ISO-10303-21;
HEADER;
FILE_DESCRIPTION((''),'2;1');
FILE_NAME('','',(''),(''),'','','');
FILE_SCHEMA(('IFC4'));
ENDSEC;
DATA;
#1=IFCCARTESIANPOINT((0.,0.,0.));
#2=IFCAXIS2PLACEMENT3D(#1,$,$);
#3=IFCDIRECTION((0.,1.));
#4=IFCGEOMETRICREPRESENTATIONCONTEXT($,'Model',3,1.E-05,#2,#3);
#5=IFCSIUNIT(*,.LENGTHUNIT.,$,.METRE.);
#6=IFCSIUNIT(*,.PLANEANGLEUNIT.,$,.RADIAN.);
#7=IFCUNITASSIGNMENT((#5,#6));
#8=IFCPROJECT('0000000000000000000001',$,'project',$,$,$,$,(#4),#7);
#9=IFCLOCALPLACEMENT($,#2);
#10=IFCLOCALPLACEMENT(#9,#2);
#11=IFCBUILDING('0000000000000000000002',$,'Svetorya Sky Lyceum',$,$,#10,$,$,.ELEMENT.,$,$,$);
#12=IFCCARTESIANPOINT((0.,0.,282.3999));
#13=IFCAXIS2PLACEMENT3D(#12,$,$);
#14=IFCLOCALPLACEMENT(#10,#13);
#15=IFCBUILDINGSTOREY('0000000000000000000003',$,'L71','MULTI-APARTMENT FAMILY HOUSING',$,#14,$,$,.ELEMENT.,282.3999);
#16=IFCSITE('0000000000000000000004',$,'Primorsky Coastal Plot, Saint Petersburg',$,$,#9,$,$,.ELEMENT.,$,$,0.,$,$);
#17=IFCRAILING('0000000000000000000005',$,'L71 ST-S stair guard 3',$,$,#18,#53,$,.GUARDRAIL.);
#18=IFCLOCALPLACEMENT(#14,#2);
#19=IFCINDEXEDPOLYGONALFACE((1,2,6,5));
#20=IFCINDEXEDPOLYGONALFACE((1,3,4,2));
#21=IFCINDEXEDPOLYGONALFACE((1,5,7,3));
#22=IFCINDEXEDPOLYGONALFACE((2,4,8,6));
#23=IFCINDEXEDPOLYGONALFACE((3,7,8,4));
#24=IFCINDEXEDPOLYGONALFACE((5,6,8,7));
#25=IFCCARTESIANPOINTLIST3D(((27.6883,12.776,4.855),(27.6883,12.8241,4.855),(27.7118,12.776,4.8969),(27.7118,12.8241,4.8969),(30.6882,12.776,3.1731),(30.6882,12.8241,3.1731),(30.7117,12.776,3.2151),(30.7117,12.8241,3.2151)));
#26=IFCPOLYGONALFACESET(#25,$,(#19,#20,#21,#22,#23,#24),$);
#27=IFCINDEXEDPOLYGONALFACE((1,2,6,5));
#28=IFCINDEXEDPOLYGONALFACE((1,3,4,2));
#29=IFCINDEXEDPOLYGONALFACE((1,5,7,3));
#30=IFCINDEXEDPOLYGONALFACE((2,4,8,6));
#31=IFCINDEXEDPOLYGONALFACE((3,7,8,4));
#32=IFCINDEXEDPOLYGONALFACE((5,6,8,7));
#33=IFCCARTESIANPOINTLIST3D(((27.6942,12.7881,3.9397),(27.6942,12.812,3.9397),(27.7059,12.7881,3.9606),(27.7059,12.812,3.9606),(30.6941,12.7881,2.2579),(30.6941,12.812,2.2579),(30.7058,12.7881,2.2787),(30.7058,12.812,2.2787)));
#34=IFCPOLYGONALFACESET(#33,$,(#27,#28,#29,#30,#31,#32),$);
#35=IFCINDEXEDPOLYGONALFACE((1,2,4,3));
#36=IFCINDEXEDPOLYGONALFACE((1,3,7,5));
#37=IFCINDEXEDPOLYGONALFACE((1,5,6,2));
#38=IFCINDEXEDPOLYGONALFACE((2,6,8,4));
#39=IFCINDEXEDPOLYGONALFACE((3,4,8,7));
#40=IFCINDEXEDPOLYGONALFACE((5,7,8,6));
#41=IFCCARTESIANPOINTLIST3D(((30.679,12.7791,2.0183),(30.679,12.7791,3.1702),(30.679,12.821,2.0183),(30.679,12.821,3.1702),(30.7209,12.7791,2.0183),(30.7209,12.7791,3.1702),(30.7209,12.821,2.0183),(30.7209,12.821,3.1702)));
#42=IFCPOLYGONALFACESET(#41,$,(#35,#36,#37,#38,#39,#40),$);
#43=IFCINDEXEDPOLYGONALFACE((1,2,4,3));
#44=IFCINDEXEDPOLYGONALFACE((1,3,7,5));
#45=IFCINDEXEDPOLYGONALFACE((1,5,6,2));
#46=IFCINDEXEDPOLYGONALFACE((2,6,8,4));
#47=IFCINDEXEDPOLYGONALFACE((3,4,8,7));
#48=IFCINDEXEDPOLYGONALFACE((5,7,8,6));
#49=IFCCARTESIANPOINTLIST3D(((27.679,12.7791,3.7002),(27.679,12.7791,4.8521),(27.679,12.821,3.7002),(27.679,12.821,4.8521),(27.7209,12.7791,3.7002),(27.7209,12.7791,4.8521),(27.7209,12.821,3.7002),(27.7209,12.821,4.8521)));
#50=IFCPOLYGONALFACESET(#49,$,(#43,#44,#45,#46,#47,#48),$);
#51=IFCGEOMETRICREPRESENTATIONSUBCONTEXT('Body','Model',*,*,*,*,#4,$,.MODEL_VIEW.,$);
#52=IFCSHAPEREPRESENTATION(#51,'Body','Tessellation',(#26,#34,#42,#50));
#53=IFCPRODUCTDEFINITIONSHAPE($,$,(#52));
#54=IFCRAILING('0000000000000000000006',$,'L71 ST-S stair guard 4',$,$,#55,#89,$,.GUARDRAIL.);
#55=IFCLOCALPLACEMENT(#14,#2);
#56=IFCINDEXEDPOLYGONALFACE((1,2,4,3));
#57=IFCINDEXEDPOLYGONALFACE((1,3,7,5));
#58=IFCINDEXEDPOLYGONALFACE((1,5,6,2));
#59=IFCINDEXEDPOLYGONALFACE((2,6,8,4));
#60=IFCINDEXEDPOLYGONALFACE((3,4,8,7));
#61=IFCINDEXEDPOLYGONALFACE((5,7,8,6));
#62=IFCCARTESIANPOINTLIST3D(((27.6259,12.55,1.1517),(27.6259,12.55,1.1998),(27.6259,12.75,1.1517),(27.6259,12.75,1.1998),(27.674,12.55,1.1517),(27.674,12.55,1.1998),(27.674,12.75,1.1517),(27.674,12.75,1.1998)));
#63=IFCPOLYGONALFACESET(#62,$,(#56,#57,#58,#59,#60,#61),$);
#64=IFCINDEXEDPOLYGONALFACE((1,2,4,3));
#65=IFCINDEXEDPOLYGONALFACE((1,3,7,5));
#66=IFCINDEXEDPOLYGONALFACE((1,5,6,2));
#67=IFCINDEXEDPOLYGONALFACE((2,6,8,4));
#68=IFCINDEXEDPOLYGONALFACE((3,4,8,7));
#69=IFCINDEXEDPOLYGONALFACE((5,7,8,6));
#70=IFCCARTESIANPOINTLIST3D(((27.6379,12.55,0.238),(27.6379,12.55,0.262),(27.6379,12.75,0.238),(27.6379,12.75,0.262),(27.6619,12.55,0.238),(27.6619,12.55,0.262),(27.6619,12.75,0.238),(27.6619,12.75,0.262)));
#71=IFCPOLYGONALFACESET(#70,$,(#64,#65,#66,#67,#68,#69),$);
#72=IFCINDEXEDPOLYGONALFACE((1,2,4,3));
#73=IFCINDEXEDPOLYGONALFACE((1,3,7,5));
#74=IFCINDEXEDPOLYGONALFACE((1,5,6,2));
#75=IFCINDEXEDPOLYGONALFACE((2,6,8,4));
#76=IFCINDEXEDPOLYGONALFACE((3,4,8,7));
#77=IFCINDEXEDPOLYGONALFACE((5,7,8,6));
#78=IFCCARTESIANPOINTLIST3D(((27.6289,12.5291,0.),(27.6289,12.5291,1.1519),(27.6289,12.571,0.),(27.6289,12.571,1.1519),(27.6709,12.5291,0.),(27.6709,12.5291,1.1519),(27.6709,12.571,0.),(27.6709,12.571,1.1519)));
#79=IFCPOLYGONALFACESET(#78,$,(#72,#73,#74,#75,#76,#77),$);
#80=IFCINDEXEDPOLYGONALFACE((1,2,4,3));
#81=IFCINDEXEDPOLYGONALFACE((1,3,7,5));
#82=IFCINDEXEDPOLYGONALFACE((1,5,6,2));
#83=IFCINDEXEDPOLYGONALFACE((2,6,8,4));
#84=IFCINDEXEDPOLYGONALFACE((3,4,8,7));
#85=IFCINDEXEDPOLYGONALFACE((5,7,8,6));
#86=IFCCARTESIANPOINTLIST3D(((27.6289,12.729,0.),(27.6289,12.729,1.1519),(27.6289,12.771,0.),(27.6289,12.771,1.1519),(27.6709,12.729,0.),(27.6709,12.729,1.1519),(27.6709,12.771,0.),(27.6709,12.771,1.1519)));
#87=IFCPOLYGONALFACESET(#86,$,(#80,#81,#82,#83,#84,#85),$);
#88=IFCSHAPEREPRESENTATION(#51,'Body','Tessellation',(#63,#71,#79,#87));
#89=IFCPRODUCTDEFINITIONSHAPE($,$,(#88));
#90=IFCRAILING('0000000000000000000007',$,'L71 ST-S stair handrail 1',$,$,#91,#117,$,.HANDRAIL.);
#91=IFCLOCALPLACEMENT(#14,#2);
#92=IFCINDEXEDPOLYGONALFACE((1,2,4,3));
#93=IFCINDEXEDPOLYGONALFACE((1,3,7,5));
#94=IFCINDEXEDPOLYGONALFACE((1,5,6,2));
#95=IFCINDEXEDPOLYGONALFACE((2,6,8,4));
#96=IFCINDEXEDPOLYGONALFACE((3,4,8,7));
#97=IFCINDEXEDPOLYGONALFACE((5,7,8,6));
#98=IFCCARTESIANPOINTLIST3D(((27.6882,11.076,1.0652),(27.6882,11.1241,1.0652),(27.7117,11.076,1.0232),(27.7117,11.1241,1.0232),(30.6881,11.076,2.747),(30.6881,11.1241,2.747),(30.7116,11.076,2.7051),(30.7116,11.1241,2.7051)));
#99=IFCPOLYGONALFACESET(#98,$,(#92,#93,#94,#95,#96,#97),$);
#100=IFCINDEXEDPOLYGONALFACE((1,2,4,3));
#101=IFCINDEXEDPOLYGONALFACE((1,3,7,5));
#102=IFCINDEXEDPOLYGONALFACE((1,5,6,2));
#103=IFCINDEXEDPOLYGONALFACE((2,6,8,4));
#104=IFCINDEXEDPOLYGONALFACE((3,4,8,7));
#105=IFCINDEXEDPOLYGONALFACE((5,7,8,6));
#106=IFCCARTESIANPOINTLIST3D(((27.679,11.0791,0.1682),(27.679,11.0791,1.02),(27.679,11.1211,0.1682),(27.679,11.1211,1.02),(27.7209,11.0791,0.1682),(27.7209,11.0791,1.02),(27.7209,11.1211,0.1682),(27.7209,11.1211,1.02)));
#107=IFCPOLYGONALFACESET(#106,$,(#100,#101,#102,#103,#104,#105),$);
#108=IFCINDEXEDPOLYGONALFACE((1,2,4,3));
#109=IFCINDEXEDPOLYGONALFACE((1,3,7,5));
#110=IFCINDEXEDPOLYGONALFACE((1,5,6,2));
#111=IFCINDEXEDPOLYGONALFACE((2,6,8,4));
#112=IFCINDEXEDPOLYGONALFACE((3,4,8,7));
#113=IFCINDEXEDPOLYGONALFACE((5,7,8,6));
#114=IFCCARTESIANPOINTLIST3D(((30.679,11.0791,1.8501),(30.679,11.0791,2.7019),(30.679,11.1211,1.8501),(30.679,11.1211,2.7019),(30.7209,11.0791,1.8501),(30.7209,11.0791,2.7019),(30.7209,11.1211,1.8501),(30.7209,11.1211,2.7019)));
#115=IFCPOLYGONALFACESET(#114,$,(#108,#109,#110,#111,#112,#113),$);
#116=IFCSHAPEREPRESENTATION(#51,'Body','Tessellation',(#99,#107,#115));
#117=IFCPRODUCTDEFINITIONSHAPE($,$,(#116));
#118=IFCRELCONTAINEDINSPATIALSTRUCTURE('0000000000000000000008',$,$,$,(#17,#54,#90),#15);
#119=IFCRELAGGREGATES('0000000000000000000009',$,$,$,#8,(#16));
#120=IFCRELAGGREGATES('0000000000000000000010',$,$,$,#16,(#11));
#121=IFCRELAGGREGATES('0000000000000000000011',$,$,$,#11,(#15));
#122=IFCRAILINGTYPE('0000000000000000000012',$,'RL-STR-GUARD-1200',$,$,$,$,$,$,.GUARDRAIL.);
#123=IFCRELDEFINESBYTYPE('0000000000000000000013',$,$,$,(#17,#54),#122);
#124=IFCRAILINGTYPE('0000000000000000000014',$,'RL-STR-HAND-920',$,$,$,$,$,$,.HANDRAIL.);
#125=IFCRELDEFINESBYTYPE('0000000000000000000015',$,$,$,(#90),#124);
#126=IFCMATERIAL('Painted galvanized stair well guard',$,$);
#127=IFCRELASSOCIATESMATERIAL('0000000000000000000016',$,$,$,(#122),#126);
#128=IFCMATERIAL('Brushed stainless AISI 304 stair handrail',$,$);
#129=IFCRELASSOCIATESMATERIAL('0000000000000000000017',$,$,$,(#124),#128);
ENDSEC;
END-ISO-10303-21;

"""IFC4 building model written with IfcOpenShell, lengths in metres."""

from ifc_helpers import new_model, si_unit, direction, frame, origin, origin_2d, place, context, subcontext, project, spatial, rectangle, extrude, material, type_object, element, save


model = new_model("IFC4")

# Units and contexts
model_context = context("Model", 3, precision=1e-05, world=origin(), true_north=direction((0.0, 1.0)))
body_context = subcontext(model_context, "Body", "Model", "MODEL_VIEW")
ifc_project = project(units=[si_unit("LENGTHUNIT", "METRE"), si_unit("PLANEANGLEUNIT", "RADIAN")], contexts=[model_context])

# Site, building, storey
site_placement = place(None, origin())
site = spatial("IfcSite", under=ifc_project, at=site_placement, Name="Primorsky Coastal Plot, Saint Petersburg", CompositionType="ELEMENT", RefElevation=0.0)
building_placement = place(site_placement, origin())
building = spatial("IfcBuilding", under=site, at=building_placement, Name="Svetorya Sky Lyceum", CompositionType="ELEMENT")
storey_placement = place(building_placement, frame((0.0, 0.0, 282.3999)))
storey = spatial("IfcBuildingStorey", under=building, at=storey_placement, Name="L71", Description="MULTI-APARTMENT FAMILY HOUSING", CompositionType="ELEMENT", Elevation=282.3999)

# Railings
ifc_material_1 = material(Name="Painted galvanized stair well guard")
railing_type_1 = type_object("IfcRailingType", Name="RL-STR-GUARD-1200", PredefinedType="GUARDRAIL", material=ifc_material_1)
railing_1_placement = place(storey_placement, frame((30.7, 12.8, 2.0183)))
element("IfcRailing", 1, at=railing_1_placement, inside=storey, type_object=railing_type_1, Name="L71 ST-S stair guard 3", PredefinedType="GUARDRAIL", context=body_context, shape_type="SweptSolid", body=[
    extrude(rectangle(XDim=0.0481, YDim=0.0481, at=origin_2d()), frame((0.0, 0.0, 1.1758), z_axis=(-0.872272, 0.0, 0.48902), x_axis=(0.0, -1.0, 0.0)), (0.0, 0.0, 1.0), 3.4392),
    extrude(rectangle(XDim=0.0239, YDim=0.0239, at=origin_2d()), frame((0.0, 0.0, 0.25), z_axis=(-0.872272, 0.0, 0.48902), x_axis=(0.0, -1.0, 0.0)), (0.0, 0.0, 1.0), 3.4392),
    extrude(rectangle(XDim=0.042, YDim=0.042, at=origin_2d()), origin(), (0.0, 0.0, 1.0), 1.1519),
    extrude(rectangle(XDim=0.042, YDim=0.042, at=origin_2d()), frame((-3.0, 0.0, 1.6819)), (0.0, 0.0, 1.0), 1.1519),
])
railing_2_placement = place(storey_placement, frame((27.6499, 12.55, 0.0)))
element("IfcRailing", 2, at=railing_2_placement, inside=storey, type_object=railing_type_1, Name="L71 ST-S stair guard 4", PredefinedType="GUARDRAIL", context=body_context, shape_type="SweptSolid", body=[
    extrude(rectangle(XDim=0.0481, YDim=0.0481, at=origin_2d()), frame((0.0, 0.0, 1.1758), z_axis=(0.0, 1.0, 0.0), x_axis=(-1.0, 0.0, 0.0)), (0.0, 0.0, 1.0), 0.2),
    extrude(rectangle(XDim=0.0239, YDim=0.0239, at=origin_2d()), frame((0.0, 0.0, 0.25), z_axis=(0.0, 1.0, 0.0), x_axis=(-1.0, 0.0, 0.0)), (0.0, 0.0, 1.0), 0.2),
    extrude(rectangle(XDim=0.042, YDim=0.042, at=origin_2d()), origin(), (0.0, 0.0, 1.0), 1.1519),
    extrude(rectangle(XDim=0.042, YDim=0.042, at=origin_2d()), frame((0.0, 0.2, 0.0)), (0.0, 0.0, 1.0), 1.1519),
])
ifc_material_2 = material(Name="Brushed stainless AISI 304 stair handrail")
railing_type_2 = type_object("IfcRailingType", Name="RL-STR-HAND-920", PredefinedType="HANDRAIL", material=ifc_material_2)
railing_3_placement = place(storey_placement, frame((27.7, 11.1001, 0.1682)))
element("IfcRailing", 3, at=railing_3_placement, inside=storey, type_object=railing_type_2, Name="L71 ST-S stair handrail 1", PredefinedType="HANDRAIL", context=body_context, shape_type="SweptSolid", body=[
    extrude(rectangle(XDim=0.0481, YDim=0.0481, at=origin_2d()), frame((0.0, 0.0, 0.876), z_axis=(0.872272, 0.0, 0.48902), x_axis=(0.0, 1.0, 0.0)), (0.0, 0.0, 1.0), 3.4392),
    extrude(rectangle(XDim=0.042, YDim=0.042, at=origin_2d()), origin(), (0.0, 0.0, 1.0), 0.8518),
    extrude(rectangle(XDim=0.042, YDim=0.042, at=origin_2d()), frame((3.0, 0.0, 1.6819)), (0.0, 0.0, 1.0), 0.8518),
])

save(model, "model.ifc")
